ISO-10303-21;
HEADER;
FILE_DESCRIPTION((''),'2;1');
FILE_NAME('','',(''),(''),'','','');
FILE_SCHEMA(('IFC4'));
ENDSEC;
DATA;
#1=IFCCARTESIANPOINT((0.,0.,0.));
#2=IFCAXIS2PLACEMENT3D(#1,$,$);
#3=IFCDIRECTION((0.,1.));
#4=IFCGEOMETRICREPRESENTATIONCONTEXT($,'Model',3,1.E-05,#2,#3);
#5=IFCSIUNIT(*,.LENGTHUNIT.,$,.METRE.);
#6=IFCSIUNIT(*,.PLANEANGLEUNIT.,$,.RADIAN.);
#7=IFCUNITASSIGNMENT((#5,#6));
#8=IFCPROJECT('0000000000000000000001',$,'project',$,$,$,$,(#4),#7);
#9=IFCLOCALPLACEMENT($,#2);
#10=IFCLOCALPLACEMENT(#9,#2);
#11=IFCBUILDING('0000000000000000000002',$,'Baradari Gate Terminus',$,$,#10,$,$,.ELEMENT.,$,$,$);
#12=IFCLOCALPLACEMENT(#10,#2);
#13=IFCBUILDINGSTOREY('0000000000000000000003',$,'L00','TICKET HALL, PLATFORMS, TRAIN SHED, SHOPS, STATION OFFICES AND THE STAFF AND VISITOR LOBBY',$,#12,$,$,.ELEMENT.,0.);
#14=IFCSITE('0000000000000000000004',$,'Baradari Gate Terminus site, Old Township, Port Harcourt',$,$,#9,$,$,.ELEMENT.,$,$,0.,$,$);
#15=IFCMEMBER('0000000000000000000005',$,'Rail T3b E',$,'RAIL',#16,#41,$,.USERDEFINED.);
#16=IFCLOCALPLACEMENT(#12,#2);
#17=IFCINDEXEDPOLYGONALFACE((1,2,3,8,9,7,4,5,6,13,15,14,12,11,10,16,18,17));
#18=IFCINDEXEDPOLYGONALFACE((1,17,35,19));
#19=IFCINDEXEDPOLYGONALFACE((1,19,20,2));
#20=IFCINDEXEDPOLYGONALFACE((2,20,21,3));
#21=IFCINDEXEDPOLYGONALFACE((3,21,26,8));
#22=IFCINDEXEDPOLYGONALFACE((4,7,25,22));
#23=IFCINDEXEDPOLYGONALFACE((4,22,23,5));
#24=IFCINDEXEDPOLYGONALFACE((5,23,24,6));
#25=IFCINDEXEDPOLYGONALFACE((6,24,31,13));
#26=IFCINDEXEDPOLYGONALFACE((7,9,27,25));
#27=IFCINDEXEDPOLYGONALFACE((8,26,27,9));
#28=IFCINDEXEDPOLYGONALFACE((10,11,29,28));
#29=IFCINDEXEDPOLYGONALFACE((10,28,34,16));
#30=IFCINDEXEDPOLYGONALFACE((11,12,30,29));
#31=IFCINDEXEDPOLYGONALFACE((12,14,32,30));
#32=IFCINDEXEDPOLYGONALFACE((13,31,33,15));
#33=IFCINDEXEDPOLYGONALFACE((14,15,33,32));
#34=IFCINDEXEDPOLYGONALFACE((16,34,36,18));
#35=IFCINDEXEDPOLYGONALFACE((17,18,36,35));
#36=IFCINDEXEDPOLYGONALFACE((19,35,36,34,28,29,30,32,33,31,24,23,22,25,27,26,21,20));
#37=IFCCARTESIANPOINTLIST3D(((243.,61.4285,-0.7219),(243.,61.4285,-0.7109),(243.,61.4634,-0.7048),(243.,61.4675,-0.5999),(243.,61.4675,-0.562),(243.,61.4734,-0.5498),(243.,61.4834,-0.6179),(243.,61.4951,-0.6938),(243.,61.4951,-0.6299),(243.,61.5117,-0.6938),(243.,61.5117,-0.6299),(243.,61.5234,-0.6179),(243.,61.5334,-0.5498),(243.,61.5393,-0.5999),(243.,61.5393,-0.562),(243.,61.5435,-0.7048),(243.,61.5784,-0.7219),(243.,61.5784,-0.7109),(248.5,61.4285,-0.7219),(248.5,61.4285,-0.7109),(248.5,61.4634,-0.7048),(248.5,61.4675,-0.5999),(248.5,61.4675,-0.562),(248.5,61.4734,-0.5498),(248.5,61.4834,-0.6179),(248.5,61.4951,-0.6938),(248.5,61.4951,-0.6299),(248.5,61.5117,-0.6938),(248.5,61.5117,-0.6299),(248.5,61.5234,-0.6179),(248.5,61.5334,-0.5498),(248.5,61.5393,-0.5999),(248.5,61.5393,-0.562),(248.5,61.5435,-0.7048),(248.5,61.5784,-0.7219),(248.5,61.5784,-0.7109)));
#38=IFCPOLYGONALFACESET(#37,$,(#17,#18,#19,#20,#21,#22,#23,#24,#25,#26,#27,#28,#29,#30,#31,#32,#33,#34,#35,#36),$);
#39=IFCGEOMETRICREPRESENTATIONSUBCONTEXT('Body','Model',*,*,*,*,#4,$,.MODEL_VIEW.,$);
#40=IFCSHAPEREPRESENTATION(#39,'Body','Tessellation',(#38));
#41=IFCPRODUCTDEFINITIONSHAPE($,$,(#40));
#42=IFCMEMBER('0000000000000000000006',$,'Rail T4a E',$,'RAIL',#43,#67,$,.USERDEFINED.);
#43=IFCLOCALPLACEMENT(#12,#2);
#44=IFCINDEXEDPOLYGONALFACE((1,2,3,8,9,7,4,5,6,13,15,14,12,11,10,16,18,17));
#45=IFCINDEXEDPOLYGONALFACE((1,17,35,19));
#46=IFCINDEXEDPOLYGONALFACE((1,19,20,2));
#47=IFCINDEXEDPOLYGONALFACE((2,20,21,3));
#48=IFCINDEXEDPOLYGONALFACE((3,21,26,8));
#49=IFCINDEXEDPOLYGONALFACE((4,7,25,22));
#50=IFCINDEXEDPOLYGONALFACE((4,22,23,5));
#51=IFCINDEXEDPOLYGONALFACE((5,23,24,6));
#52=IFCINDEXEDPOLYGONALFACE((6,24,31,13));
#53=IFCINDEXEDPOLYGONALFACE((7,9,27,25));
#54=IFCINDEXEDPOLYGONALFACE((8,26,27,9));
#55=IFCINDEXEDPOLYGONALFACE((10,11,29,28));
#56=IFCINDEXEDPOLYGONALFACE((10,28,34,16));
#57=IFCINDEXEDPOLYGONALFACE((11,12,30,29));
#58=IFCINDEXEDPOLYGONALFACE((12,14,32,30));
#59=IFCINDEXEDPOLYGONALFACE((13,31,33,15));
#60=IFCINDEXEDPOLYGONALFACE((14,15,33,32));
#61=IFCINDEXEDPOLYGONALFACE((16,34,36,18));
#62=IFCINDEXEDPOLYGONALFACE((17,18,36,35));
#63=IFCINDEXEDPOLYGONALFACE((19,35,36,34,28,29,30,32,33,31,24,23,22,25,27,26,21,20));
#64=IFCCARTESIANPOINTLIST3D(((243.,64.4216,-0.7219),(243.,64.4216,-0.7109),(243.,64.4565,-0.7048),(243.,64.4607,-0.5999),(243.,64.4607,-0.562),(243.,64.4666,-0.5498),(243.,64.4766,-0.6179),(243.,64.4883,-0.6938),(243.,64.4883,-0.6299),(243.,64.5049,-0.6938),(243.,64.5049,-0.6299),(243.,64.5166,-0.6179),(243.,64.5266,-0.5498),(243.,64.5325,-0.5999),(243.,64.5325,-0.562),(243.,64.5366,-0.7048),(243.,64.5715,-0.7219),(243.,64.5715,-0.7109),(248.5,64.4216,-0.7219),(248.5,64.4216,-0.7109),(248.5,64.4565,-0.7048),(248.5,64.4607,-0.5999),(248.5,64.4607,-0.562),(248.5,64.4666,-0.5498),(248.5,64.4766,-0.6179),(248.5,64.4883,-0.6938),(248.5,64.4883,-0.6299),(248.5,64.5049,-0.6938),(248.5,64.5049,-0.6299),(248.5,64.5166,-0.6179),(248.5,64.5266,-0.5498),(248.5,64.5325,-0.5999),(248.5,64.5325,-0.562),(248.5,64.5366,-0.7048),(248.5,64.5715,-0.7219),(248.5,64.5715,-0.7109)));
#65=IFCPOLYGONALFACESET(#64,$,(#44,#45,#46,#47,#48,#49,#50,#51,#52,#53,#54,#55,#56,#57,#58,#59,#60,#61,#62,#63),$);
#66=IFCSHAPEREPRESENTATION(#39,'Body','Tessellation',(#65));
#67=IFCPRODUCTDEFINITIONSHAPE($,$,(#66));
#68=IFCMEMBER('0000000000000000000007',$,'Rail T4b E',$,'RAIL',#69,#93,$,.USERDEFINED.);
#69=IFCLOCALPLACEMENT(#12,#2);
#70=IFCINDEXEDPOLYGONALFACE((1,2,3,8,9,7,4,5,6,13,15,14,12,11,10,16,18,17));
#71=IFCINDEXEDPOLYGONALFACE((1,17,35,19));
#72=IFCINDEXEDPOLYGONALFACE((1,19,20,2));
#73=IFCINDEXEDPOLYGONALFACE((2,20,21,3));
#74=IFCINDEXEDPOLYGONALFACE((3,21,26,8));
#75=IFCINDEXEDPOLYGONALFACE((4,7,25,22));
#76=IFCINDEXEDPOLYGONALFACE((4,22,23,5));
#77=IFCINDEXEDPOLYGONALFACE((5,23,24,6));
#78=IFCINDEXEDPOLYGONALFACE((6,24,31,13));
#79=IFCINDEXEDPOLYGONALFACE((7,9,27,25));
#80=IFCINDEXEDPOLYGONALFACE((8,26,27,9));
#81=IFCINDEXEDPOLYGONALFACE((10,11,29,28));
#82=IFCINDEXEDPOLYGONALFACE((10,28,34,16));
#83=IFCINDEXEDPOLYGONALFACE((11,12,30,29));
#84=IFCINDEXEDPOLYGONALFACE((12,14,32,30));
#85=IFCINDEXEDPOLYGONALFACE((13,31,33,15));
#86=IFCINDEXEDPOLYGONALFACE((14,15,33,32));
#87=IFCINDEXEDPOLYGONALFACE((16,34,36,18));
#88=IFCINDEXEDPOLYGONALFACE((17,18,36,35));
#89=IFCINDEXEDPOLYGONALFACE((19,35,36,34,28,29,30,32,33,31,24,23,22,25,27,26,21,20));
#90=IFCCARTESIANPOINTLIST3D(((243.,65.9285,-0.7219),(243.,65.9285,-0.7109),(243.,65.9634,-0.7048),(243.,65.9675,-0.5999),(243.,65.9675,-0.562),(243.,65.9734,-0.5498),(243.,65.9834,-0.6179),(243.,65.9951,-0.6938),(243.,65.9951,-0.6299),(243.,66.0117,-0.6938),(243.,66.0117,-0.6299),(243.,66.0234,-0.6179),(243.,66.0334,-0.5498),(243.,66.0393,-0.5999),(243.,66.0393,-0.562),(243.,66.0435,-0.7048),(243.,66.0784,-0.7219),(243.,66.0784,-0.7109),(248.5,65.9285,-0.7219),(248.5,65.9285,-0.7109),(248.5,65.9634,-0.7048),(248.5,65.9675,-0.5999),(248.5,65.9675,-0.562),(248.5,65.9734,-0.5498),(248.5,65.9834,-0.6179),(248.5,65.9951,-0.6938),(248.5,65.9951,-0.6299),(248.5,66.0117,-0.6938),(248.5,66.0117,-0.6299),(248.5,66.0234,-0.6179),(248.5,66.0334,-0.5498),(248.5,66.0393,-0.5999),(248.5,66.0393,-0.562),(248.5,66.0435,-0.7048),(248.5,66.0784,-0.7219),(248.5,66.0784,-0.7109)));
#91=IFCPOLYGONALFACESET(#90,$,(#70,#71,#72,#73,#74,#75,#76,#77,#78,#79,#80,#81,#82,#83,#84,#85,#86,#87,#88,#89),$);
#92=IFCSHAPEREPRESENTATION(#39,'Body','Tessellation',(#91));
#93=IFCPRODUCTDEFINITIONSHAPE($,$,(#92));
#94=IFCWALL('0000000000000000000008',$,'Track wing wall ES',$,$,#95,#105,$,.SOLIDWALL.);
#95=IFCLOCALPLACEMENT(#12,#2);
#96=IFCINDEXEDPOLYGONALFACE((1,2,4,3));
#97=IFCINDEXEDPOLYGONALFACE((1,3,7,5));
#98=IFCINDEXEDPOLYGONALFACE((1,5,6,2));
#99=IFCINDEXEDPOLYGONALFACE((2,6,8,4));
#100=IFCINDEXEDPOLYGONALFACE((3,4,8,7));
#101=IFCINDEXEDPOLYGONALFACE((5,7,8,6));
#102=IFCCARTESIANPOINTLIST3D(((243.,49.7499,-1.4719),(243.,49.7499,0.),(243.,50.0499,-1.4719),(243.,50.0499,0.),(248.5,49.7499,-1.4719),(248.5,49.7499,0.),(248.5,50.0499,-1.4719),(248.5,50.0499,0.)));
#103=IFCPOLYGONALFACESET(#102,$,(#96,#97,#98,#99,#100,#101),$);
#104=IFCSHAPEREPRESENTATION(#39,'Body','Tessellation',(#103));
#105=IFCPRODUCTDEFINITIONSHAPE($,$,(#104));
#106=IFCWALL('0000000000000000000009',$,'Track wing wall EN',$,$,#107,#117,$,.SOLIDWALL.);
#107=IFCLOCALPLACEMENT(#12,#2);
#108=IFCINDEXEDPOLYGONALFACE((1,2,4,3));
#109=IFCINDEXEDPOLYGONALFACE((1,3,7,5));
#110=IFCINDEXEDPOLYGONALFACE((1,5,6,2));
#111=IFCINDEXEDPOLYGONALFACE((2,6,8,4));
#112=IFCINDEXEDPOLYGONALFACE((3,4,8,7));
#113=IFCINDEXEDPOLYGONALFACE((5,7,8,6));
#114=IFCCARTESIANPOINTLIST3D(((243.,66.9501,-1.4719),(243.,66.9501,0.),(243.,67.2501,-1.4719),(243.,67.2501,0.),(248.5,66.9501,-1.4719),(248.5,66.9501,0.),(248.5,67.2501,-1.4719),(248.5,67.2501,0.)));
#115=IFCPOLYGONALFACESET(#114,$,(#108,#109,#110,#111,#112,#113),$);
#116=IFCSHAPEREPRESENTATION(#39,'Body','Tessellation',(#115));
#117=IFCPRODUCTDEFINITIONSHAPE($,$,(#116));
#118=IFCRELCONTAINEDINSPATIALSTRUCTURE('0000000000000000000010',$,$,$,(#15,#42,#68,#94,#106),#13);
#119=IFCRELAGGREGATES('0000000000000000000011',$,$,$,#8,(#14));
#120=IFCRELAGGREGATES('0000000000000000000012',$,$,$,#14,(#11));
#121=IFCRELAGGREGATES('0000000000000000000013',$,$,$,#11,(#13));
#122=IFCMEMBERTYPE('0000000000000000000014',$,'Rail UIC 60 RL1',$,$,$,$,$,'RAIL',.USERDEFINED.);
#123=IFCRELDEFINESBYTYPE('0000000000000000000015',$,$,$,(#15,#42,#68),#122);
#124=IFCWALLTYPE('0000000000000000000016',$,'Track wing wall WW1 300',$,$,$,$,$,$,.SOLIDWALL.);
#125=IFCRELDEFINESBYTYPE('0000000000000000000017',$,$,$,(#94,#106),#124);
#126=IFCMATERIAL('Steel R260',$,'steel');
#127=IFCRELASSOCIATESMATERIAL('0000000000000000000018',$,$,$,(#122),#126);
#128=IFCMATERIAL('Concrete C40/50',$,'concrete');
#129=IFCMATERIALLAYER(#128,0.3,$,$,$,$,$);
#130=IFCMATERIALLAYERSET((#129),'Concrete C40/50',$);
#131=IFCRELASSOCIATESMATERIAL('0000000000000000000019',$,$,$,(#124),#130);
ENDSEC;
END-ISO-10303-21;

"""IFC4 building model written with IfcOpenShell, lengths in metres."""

from ifc_helpers import new_model, si_unit, direction, frame, frame_2d, origin, place, context, subcontext, project, spatial, polyline, rectangle, outline, extrude, material, layer, layer_set, material_profile, profile_set, type_object, element, save


model = new_model("IFC4")

# Units and contexts
model_context = context("Model", 3, precision=1e-05, world=origin(), true_north=direction((0.0, 1.0)))
body_context = subcontext(model_context, "Body", "Model", "MODEL_VIEW")
ifc_project = project(units=[si_unit("LENGTHUNIT", "METRE"), si_unit("PLANEANGLEUNIT", "RADIAN")], contexts=[model_context])

# Site, building, storey
site_placement = place(None, origin())
site = spatial("IfcSite", under=ifc_project, at=site_placement, Name="Baradari Gate Terminus site, Old Township, Port Harcourt", CompositionType="ELEMENT", RefElevation=0.0)
building_placement = place(site_placement, origin())
building = spatial("IfcBuilding", under=site, at=building_placement, Name="Baradari Gate Terminus", CompositionType="ELEMENT")
storey_placement = place(building_placement, origin())
storey = spatial("IfcBuildingStorey", under=building, at=storey_placement, Name="L00", Description="TICKET HALL, PLATFORMS, TRAIN SHED, SHOPS, STATION OFFICES AND THE STAFF AND VISITOR LOBBY", CompositionType="ELEMENT", Elevation=0.0)

# Members
ifc_material_1 = material(Name="Steel R260", Category="steel")
ifc_material_profile_1 = material_profile(ifc_material_1, outline(polyline([(-0.075, 0.0), (0.075, 0.0), (0.075, 0.011), (0.04, 0.0171), (0.0083, 0.0281), (0.0083, 0.092), (0.02, 0.104), (0.0359, 0.1221), (0.0359, 0.1599), (0.03, 0.1721), (-0.03, 0.1721), (-0.0359, 0.1599), (-0.0359, 0.1221), (-0.02, 0.104), (-0.0083, 0.092), (-0.0083, 0.0281), (-0.04, 0.0171), (-0.075, 0.011), (-0.075, 0.0)])), Name="UIC 60 (60E1)")
ifc_profile_set_1 = profile_set([ifc_material_profile_1], Name="Steel R260")
member_type = type_object("IfcMemberType", Name="Rail UIC 60 RL1", ElementType="RAIL", PredefinedType="USERDEFINED", material=ifc_profile_set_1)
for number, where, z_axis, x_axis, name in (
    (1, (243.0, 61.5034, -0.7219), (1.0, 0.0, 0.0), (0.0, 1.0, 0.0), "Rail T3b E"),
    (2, (243.0, 64.4966, -0.7219), (1.0, 0.0, 0.0), (0.0, 1.0, 0.0), "Rail T4a E"),
    (3, (243.0, 66.0034, -0.7219), (1.0, 0.0, 0.0), (0.0, 1.0, 0.0), "Rail T4b E"),
):
    element("IfcMember", number, at=place(storey_placement, frame(where, z_axis=z_axis, x_axis=x_axis)), inside=storey, type_object=member_type, Name=name, ObjectType="RAIL", PredefinedType="USERDEFINED", context=body_context, shape_type="SweptSolid", body=[
        extrude(outline(polyline([(-0.075, 0.0), (0.075, 0.0), (0.075, 0.011), (0.04, 0.0171), (0.0083, 0.0281), (0.0083, 0.092), (0.02, 0.104), (0.0359, 0.1221), (0.0359, 0.1599), (0.03, 0.1721), (-0.03, 0.1721), (-0.0359, 0.1599), (-0.0359, 0.1221), (-0.02, 0.104), (-0.0083, 0.092), (-0.0083, 0.0281), (-0.04, 0.0171), (-0.075, 0.011), (-0.075, 0.0)])), origin(), (0.0, 0.0, 1.0), 5.5),
    ])

# Walls
ifc_material_2 = material(Name="Concrete C40/50", Category="concrete")
ifc_layer = layer(ifc_material_2, 0.3)
ifc_layer_set = layer_set([ifc_layer], Name="Concrete C40/50")
wall_type = type_object("IfcWallType", Name="Track wing wall WW1 300", PredefinedType="SOLIDWALL", material=ifc_layer_set)
for number, where, z_axis, x_axis, name in (
    (4, (243.0, 49.8999, -1.4719), (0.0, 0.0, 1.0), (1.0, 0.0, 0.0), "Track wing wall ES"),
    (5, (243.0, 67.1001, -1.4719), (0.0, 0.0, 1.0), (1.0, 0.0, 0.0), "Track wing wall EN"),
):
    element("IfcWall", number, at=place(storey_placement, frame(where, z_axis=z_axis, x_axis=x_axis)), inside=storey, type_object=wall_type, Name=name, PredefinedType="SOLIDWALL", context=body_context, shape_type="SweptSolid", body=[
        extrude(rectangle(XDim=5.5, YDim=0.3, at=frame_2d((2.75, 0.0))), origin(), (0.0, 0.0, 1.0), 1.4719),
    ])

save(model, "model.ifc")
